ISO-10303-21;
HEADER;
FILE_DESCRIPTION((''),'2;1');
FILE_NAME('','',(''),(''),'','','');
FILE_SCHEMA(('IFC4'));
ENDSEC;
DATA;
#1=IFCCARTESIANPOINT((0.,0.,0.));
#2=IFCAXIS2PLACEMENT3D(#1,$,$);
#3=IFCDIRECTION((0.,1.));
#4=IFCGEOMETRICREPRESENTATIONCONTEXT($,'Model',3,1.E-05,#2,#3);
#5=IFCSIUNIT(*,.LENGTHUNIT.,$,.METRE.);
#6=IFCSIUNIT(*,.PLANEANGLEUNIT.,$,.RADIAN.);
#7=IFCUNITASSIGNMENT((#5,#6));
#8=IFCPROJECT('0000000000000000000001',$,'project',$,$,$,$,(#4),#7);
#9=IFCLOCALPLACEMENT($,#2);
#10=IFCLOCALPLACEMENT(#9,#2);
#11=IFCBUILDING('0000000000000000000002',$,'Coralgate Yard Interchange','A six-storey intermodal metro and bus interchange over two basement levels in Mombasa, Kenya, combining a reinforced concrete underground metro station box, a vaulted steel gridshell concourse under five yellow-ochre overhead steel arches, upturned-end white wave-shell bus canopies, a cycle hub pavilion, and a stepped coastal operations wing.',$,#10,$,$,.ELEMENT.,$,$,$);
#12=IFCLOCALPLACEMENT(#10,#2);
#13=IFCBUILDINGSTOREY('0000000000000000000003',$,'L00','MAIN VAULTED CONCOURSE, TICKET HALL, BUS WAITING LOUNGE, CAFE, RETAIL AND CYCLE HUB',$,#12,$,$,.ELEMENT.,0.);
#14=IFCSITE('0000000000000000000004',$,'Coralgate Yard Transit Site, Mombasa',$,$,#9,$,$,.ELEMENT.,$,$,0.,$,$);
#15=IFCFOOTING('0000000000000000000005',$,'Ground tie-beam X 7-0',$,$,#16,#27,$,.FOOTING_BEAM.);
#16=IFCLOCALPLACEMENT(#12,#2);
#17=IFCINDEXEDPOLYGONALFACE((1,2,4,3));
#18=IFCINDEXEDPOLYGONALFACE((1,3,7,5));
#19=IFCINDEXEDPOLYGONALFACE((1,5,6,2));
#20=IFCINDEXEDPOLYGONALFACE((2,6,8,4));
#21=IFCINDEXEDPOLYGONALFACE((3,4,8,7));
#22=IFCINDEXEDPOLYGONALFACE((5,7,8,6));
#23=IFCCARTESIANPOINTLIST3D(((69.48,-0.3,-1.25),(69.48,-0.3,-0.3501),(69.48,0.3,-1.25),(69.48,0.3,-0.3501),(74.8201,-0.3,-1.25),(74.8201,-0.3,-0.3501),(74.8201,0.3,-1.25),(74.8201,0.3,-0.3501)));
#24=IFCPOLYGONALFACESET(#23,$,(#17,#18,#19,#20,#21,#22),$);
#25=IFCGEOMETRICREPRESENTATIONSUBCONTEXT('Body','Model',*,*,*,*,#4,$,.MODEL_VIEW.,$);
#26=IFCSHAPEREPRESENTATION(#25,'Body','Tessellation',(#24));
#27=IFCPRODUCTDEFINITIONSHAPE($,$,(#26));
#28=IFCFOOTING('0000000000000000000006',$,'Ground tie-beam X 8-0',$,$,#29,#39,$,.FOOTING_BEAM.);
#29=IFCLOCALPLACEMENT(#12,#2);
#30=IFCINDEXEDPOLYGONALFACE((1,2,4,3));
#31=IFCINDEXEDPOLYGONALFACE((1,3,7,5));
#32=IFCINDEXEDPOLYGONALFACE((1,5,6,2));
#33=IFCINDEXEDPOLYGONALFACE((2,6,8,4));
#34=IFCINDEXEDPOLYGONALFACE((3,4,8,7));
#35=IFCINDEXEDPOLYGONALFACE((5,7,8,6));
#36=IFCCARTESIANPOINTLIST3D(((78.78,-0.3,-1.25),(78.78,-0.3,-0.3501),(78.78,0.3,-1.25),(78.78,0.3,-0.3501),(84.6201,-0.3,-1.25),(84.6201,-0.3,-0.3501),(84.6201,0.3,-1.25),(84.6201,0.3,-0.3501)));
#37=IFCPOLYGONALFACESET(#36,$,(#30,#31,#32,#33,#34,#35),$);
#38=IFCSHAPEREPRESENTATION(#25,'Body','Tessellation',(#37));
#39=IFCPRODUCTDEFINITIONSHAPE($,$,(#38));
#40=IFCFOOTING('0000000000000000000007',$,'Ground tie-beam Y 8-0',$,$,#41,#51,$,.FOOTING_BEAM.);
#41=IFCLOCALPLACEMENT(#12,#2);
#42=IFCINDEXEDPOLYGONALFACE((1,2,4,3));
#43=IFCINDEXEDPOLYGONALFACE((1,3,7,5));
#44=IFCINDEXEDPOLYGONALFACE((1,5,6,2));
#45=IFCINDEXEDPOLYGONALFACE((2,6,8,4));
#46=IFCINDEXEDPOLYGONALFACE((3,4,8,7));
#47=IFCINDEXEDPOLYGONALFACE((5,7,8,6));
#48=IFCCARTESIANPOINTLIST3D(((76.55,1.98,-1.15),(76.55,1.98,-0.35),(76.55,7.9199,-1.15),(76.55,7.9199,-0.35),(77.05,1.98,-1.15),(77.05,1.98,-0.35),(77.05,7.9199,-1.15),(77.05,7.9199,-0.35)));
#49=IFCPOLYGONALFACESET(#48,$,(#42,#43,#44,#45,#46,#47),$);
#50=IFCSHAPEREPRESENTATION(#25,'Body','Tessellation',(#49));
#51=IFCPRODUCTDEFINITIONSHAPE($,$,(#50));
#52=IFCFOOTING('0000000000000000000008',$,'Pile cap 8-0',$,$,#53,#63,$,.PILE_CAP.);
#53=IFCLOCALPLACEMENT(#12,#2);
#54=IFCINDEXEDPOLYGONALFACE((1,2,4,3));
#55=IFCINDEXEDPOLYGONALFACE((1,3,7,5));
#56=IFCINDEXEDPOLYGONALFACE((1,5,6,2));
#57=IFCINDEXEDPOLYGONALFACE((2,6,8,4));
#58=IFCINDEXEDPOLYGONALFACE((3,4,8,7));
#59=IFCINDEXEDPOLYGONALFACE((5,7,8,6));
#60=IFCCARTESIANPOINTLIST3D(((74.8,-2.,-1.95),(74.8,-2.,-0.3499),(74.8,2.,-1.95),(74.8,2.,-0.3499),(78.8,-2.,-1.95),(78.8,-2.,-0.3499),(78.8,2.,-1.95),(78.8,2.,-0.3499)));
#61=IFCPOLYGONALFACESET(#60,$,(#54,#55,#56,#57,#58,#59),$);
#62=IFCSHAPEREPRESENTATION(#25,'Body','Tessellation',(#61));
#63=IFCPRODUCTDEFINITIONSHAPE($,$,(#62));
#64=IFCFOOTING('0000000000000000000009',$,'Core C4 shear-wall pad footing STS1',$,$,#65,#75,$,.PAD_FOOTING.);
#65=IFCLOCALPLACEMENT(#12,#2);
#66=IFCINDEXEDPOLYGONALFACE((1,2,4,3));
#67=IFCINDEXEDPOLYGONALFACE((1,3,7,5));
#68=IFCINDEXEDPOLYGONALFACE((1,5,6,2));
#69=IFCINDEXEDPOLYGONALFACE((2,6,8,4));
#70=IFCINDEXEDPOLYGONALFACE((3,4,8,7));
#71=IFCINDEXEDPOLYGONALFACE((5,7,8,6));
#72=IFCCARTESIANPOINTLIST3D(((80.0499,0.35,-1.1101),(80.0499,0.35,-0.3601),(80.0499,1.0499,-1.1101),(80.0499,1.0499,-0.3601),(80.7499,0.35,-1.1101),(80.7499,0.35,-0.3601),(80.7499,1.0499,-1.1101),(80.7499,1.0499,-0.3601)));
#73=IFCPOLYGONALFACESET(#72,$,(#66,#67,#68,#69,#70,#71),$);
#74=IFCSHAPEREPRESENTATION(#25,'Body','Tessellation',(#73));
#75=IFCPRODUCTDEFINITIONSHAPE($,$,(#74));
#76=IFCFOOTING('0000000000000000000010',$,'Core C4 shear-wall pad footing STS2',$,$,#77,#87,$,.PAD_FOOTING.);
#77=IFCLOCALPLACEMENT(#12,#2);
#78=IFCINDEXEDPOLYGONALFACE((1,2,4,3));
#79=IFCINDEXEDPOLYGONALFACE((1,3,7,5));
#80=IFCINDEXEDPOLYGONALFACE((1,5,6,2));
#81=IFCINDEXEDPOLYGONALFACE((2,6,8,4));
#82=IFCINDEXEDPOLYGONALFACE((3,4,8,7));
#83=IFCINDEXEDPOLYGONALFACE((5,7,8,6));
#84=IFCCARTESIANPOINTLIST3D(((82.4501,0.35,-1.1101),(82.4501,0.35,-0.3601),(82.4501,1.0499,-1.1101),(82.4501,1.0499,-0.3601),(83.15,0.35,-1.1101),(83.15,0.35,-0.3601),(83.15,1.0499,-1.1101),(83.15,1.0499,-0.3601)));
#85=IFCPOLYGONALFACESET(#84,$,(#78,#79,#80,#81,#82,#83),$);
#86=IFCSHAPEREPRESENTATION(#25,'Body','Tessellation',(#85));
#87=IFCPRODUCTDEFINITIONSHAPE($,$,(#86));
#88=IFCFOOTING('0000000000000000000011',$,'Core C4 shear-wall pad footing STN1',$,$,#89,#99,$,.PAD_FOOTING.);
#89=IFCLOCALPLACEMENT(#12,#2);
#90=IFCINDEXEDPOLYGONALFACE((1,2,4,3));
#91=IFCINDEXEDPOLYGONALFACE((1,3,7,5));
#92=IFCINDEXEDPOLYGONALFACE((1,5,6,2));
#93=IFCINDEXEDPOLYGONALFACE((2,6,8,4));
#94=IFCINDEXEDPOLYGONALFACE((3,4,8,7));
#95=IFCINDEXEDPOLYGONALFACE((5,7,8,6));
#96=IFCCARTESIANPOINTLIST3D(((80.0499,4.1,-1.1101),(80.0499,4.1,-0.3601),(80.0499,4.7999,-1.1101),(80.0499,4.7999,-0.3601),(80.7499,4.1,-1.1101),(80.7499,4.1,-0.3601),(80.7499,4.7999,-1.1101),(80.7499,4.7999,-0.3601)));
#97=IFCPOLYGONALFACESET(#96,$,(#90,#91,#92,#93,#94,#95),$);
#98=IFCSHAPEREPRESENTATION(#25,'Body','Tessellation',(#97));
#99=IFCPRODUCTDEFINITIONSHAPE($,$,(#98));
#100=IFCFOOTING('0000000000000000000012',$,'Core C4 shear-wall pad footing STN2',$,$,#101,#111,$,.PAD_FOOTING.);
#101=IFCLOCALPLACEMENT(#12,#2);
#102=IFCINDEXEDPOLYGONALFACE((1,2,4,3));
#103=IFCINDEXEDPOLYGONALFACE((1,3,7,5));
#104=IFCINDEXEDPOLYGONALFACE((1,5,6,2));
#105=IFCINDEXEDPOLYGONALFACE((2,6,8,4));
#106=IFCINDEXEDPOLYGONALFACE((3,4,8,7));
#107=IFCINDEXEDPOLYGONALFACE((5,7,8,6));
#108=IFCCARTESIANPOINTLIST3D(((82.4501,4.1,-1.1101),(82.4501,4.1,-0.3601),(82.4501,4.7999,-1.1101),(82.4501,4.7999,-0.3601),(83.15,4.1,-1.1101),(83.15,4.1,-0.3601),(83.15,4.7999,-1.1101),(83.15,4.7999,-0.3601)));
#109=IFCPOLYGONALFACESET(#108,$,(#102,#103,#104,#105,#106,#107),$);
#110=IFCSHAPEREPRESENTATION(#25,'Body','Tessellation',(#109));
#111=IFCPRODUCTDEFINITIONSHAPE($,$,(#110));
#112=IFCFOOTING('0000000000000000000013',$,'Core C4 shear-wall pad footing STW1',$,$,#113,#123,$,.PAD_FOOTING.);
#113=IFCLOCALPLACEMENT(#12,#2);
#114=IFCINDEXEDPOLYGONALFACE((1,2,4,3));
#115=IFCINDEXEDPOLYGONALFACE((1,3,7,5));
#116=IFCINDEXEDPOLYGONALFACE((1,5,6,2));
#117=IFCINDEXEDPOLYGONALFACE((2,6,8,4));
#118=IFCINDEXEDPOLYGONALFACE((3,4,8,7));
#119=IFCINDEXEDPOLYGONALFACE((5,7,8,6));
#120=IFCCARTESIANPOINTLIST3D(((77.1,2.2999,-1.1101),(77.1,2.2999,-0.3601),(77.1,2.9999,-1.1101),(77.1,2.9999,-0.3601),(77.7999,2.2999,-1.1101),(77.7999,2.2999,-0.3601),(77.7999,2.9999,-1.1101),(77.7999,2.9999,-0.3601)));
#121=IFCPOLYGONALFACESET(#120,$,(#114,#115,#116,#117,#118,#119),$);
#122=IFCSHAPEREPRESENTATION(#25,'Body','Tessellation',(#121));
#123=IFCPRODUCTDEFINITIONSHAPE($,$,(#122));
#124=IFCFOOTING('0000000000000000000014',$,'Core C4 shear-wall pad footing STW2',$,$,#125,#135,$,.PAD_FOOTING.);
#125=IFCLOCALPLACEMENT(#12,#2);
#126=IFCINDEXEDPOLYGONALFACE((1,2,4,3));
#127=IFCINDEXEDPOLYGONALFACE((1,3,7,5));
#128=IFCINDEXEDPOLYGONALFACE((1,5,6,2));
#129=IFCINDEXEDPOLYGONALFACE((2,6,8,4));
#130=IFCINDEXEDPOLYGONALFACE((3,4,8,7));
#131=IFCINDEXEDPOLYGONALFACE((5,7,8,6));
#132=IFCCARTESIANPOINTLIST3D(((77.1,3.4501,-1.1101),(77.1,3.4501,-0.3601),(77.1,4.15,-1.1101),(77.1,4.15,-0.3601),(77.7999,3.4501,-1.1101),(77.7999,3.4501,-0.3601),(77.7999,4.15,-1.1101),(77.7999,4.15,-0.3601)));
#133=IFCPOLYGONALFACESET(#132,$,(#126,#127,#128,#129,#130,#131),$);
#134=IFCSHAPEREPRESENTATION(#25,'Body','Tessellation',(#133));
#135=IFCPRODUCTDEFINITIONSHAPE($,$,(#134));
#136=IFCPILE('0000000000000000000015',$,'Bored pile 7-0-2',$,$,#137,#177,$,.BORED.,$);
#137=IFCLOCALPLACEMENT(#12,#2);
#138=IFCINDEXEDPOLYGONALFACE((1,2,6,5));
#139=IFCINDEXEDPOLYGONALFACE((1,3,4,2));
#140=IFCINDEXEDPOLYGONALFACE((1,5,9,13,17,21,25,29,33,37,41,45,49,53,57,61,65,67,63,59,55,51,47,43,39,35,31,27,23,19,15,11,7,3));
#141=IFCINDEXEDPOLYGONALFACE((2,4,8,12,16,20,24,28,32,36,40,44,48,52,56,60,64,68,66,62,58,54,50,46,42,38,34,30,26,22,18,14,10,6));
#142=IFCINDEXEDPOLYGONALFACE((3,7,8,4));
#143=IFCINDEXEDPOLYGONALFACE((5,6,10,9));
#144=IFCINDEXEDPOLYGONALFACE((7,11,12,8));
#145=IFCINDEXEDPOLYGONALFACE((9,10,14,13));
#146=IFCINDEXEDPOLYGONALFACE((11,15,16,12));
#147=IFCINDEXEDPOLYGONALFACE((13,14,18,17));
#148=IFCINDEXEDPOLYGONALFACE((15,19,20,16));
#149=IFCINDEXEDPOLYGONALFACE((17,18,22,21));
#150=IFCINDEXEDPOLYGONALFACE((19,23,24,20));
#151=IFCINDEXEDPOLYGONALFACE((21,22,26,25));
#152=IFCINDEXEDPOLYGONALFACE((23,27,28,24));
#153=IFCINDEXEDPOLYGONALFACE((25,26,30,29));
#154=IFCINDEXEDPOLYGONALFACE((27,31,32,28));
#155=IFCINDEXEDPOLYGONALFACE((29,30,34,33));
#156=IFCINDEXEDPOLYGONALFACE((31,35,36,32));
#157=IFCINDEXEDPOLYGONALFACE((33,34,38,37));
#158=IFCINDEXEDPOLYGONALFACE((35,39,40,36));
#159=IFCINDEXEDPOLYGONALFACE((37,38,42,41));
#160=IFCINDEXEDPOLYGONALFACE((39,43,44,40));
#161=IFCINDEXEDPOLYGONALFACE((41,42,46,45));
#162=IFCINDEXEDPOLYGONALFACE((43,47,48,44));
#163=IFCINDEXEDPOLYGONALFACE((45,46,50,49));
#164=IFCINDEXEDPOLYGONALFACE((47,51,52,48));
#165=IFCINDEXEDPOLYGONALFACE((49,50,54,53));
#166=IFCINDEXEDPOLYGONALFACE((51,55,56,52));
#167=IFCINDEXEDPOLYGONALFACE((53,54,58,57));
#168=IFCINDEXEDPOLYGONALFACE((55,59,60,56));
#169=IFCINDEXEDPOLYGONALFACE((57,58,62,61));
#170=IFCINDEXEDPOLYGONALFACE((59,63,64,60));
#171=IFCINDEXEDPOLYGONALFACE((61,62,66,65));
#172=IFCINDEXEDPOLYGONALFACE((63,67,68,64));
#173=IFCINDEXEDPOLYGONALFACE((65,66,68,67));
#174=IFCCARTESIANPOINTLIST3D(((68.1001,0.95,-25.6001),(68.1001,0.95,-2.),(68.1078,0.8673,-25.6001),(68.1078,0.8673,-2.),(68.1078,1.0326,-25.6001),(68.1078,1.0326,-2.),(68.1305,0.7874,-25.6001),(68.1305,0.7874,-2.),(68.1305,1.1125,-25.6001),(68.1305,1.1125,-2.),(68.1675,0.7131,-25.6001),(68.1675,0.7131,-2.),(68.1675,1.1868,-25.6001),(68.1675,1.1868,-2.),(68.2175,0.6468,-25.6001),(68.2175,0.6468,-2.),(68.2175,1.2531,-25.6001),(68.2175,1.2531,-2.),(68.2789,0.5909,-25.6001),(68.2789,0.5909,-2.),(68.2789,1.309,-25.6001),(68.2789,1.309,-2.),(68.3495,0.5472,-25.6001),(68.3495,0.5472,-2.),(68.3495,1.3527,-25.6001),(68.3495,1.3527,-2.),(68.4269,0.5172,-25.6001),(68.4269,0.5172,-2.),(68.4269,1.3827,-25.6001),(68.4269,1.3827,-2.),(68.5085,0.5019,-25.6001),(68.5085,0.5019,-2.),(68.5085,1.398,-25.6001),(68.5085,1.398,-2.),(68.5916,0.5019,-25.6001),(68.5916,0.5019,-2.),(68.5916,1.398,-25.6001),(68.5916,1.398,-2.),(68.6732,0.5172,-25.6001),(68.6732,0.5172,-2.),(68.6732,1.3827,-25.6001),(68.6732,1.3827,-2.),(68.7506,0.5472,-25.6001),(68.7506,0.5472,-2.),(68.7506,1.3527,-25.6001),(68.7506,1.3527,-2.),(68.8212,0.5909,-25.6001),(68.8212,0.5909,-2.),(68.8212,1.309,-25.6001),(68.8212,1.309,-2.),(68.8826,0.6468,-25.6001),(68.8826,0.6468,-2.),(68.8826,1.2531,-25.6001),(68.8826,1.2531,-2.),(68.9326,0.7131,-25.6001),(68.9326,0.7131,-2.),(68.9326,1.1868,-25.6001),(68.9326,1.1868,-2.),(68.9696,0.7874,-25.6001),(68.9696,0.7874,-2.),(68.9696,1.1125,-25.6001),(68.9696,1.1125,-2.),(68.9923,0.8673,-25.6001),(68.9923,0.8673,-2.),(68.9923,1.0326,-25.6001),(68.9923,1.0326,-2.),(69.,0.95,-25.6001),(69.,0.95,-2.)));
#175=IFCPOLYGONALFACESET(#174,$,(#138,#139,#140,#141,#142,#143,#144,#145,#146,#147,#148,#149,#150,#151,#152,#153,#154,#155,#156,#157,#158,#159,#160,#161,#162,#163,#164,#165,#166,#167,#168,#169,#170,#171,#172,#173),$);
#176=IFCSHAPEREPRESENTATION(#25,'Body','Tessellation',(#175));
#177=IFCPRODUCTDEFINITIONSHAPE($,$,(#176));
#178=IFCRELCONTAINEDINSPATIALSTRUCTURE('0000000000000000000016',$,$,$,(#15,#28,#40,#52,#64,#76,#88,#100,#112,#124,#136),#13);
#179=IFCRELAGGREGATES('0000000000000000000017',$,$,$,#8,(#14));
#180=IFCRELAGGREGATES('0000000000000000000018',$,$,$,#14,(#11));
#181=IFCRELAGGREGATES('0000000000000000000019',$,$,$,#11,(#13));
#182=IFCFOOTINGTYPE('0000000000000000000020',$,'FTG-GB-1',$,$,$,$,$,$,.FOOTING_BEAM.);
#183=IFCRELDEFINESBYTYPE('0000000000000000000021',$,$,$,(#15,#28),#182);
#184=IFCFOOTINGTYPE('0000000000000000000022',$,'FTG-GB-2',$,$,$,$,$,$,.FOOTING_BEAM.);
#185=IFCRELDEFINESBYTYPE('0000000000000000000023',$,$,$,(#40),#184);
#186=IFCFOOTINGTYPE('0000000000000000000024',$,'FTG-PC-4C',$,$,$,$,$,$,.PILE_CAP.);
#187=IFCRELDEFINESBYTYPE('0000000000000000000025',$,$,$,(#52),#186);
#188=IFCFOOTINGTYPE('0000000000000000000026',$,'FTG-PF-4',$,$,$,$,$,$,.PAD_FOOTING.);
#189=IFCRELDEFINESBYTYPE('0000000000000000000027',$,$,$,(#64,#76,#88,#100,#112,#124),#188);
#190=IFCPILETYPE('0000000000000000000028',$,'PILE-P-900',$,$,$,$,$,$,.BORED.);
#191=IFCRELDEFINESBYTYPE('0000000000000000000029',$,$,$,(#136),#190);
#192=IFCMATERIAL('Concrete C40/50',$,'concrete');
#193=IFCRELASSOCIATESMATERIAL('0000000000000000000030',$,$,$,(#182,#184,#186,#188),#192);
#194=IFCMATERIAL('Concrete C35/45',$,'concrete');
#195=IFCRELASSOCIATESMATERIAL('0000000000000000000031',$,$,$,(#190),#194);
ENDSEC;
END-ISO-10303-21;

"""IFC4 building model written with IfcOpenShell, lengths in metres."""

from ifc_helpers import new_model, si_unit, direction, frame, origin, origin_2d, place, context, subcontext, project, spatial, rectangle, circle, extrude, material, material_profile, profile_set, type_object, element, save


model = new_model("IFC4")

# Units and contexts
model_context = context("Model", 3, precision=1e-05, world=origin(), true_north=direction((0.0, 1.0)))
body_context = subcontext(model_context, "Body", "Model", "MODEL_VIEW")
ifc_project = project(units=[si_unit("LENGTHUNIT", "METRE"), si_unit("PLANEANGLEUNIT", "RADIAN")], contexts=[model_context])

# Site, building, storey
site_placement = place(None, origin())
site = spatial("IfcSite", under=ifc_project, at=site_placement, Name="Coralgate Yard Transit Site, Mombasa", CompositionType="ELEMENT", RefElevation=0.0)
building_placement = place(site_placement, origin())
building = spatial("IfcBuilding", under=site, at=building_placement, Name="Coralgate Yard Interchange", Description="A six-storey intermodal metro and bus interchange over two basement levels in Mombasa, Kenya, combining a reinforced concrete underground metro station box, a vaulted steel gridshell concourse under five yellow-ochre overhead steel arches, upturned-end white wave-shell bus canopies, a cycle hub pavilion, and a stepped coastal operations wing.", CompositionType="ELEMENT")
storey_placement = place(building_placement, origin())
storey = spatial("IfcBuildingStorey", under=building, at=storey_placement, Name="L00", Description="MAIN VAULTED CONCOURSE, TICKET HALL, BUS WAITING LOUNGE, CAFE, RETAIL AND CYCLE HUB", CompositionType="ELEMENT", Elevation=0.0)

# Footings
ifc_material_1 = material(Name="Concrete C40/50", Category="concrete")
ifc_material_profile_1 = material_profile(ifc_material_1, rectangle(XDim=0.6001, YDim=0.8999, at=origin_2d()), Name="RC 600x900")
ifc_profile_set_1 = profile_set([ifc_material_profile_1], Name="Concrete C40/50")
footing_type_1 = type_object("IfcFootingType", Name="FTG-GB-1", PredefinedType="FOOTING_BEAM", material=ifc_profile_set_1)
footing_1_placement = place(storey_placement, frame((69.48, 0.0, -0.8), z_axis=(1.0, 0.0, 0.0), x_axis=(0.0, 1.0, 0.0)))
element("IfcFooting", 1, at=footing_1_placement, inside=storey, type_object=footing_type_1, Name="Ground tie-beam X 7-0", PredefinedType="FOOTING_BEAM", context=body_context, shape_type="SweptSolid", body=[
    extrude(rectangle(XDim=0.6001, YDim=0.8999, at=origin_2d()), origin(), (0.0, 0.0, 1.0), 5.3401),
])
footing_2_placement = place(storey_placement, frame((78.78, 0.0, -0.8), z_axis=(1.0, 0.0, 0.0), x_axis=(0.0, 1.0, 0.0)))
element("IfcFooting", 2, at=footing_2_placement, inside=storey, type_object=footing_type_1, Name="Ground tie-beam X 8-0", PredefinedType="FOOTING_BEAM", context=body_context, shape_type="SweptSolid", body=[
    extrude(rectangle(XDim=0.6001, YDim=0.8999, at=origin_2d()), origin(), (0.0, 0.0, 1.0), 5.8401),
])
ifc_material_profile_2 = material_profile(ifc_material_1, rectangle(XDim=0.5, YDim=0.8, at=origin_2d()), Name="RC 500x800")
ifc_profile_set_2 = profile_set([ifc_material_profile_2], Name="Concrete C40/50")
footing_type_2 = type_object("IfcFootingType", Name="FTG-GB-2", PredefinedType="FOOTING_BEAM", material=ifc_profile_set_2)
footing_3_placement = place(storey_placement, frame((76.8, 1.98, -0.75), z_axis=(0.0, 1.0, 0.0), x_axis=(-1.0, 0.0, 0.0)))
element("IfcFooting", 3, at=footing_3_placement, inside=storey, type_object=footing_type_2, Name="Ground tie-beam Y 8-0", PredefinedType="FOOTING_BEAM", context=body_context, shape_type="SweptSolid", body=[
    extrude(rectangle(XDim=0.5, YDim=0.8, at=origin_2d()), origin(), (0.0, 0.0, 1.0), 5.9399),
])
footing_type_3 = type_object("IfcFootingType", Name="FTG-PC-4C", PredefinedType="PILE_CAP", material=ifc_material_1)
footing_4_placement = place(storey_placement, frame((76.8, 0.0, -1.95), z_axis=(0.0, 0.0, 1.0), x_axis=(1.0, 0.0, 0.0)))
element("IfcFooting", 4, at=footing_4_placement, inside=storey, type_object=footing_type_3, Name="Pile cap 8-0", PredefinedType="PILE_CAP", context=body_context, shape_type="SweptSolid", body=[
    extrude(rectangle(XDim=4.0, YDim=4.0, at=origin_2d()), origin(), (0.0, 0.0, 1.0), 1.6001),
])
footing_type_4 = type_object("IfcFootingType", Name="FTG-PF-4", PredefinedType="PAD_FOOTING", material=ifc_material_1)
for number, where, z_axis, x_axis, name in (
    (5, (80.3999, 0.7, -1.1101), (0.0, 0.0, 1.0), (1.0, 0.0, 0.0), "Core C4 shear-wall pad footing STS1"),
    (6, (82.8, 0.7, -1.1101), (0.0, 0.0, 1.0), (1.0, 0.0, 0.0), "Core C4 shear-wall pad footing STS2"),
    (7, (80.3999, 4.45, -1.1101), (0.0, 0.0, 1.0), (1.0, 0.0, 0.0), "Core C4 shear-wall pad footing STN1"),
    (8, (82.8, 4.45, -1.1101), (0.0, 0.0, 1.0), (1.0, 0.0, 0.0), "Core C4 shear-wall pad footing STN2"),
    (9, (77.45, 2.6499, -1.1101), (0.0, 0.0, 1.0), (1.0, 0.0, 0.0), "Core C4 shear-wall pad footing STW1"),
    (10, (77.45, 3.8, -1.1101), (0.0, 0.0, 1.0), (1.0, 0.0, 0.0), "Core C4 shear-wall pad footing STW2"),
):
    element("IfcFooting", number, at=place(storey_placement, frame(where, z_axis=z_axis, x_axis=x_axis)), inside=storey, type_object=footing_type_4, Name=name, PredefinedType="PAD_FOOTING", context=body_context, shape_type="SweptSolid", body=[
        extrude(rectangle(XDim=0.7, YDim=0.7, at=origin_2d()), origin(), (0.0, 0.0, 1.0), 0.75),
    ])

# Pile
ifc_material_2 = material(Name="Concrete C35/45", Category="concrete")
ifc_material_profile_3 = material_profile(ifc_material_2, circle(Radius=0.45, at=origin_2d()), Name="BORED PILE D900")
ifc_profile_set_3 = profile_set([ifc_material_profile_3], Name="Concrete C35/45")
pile_type = type_object("IfcPileType", Name="PILE-P-900", PredefinedType="BORED", material=ifc_profile_set_3)
for number, where, z_axis, x_axis, name in (
    (11, (68.55, 0.95, -2.0), (0.0, 0.0, -1.0), (1.0, 0.0, 0.0), "Bored pile 7-0-2"),
):
    element("IfcPile", number, at=place(storey_placement, frame(where, z_axis=z_axis, x_axis=x_axis)), inside=storey, type_object=pile_type, Name=name, PredefinedType="BORED", context=body_context, shape_type="SweptSolid", body=[
        extrude(circle(Radius=0.45, at=origin_2d()), origin(), (0.0, 0.0, 1.0), 23.6001),
    ])

save(model, "model.ifc")
